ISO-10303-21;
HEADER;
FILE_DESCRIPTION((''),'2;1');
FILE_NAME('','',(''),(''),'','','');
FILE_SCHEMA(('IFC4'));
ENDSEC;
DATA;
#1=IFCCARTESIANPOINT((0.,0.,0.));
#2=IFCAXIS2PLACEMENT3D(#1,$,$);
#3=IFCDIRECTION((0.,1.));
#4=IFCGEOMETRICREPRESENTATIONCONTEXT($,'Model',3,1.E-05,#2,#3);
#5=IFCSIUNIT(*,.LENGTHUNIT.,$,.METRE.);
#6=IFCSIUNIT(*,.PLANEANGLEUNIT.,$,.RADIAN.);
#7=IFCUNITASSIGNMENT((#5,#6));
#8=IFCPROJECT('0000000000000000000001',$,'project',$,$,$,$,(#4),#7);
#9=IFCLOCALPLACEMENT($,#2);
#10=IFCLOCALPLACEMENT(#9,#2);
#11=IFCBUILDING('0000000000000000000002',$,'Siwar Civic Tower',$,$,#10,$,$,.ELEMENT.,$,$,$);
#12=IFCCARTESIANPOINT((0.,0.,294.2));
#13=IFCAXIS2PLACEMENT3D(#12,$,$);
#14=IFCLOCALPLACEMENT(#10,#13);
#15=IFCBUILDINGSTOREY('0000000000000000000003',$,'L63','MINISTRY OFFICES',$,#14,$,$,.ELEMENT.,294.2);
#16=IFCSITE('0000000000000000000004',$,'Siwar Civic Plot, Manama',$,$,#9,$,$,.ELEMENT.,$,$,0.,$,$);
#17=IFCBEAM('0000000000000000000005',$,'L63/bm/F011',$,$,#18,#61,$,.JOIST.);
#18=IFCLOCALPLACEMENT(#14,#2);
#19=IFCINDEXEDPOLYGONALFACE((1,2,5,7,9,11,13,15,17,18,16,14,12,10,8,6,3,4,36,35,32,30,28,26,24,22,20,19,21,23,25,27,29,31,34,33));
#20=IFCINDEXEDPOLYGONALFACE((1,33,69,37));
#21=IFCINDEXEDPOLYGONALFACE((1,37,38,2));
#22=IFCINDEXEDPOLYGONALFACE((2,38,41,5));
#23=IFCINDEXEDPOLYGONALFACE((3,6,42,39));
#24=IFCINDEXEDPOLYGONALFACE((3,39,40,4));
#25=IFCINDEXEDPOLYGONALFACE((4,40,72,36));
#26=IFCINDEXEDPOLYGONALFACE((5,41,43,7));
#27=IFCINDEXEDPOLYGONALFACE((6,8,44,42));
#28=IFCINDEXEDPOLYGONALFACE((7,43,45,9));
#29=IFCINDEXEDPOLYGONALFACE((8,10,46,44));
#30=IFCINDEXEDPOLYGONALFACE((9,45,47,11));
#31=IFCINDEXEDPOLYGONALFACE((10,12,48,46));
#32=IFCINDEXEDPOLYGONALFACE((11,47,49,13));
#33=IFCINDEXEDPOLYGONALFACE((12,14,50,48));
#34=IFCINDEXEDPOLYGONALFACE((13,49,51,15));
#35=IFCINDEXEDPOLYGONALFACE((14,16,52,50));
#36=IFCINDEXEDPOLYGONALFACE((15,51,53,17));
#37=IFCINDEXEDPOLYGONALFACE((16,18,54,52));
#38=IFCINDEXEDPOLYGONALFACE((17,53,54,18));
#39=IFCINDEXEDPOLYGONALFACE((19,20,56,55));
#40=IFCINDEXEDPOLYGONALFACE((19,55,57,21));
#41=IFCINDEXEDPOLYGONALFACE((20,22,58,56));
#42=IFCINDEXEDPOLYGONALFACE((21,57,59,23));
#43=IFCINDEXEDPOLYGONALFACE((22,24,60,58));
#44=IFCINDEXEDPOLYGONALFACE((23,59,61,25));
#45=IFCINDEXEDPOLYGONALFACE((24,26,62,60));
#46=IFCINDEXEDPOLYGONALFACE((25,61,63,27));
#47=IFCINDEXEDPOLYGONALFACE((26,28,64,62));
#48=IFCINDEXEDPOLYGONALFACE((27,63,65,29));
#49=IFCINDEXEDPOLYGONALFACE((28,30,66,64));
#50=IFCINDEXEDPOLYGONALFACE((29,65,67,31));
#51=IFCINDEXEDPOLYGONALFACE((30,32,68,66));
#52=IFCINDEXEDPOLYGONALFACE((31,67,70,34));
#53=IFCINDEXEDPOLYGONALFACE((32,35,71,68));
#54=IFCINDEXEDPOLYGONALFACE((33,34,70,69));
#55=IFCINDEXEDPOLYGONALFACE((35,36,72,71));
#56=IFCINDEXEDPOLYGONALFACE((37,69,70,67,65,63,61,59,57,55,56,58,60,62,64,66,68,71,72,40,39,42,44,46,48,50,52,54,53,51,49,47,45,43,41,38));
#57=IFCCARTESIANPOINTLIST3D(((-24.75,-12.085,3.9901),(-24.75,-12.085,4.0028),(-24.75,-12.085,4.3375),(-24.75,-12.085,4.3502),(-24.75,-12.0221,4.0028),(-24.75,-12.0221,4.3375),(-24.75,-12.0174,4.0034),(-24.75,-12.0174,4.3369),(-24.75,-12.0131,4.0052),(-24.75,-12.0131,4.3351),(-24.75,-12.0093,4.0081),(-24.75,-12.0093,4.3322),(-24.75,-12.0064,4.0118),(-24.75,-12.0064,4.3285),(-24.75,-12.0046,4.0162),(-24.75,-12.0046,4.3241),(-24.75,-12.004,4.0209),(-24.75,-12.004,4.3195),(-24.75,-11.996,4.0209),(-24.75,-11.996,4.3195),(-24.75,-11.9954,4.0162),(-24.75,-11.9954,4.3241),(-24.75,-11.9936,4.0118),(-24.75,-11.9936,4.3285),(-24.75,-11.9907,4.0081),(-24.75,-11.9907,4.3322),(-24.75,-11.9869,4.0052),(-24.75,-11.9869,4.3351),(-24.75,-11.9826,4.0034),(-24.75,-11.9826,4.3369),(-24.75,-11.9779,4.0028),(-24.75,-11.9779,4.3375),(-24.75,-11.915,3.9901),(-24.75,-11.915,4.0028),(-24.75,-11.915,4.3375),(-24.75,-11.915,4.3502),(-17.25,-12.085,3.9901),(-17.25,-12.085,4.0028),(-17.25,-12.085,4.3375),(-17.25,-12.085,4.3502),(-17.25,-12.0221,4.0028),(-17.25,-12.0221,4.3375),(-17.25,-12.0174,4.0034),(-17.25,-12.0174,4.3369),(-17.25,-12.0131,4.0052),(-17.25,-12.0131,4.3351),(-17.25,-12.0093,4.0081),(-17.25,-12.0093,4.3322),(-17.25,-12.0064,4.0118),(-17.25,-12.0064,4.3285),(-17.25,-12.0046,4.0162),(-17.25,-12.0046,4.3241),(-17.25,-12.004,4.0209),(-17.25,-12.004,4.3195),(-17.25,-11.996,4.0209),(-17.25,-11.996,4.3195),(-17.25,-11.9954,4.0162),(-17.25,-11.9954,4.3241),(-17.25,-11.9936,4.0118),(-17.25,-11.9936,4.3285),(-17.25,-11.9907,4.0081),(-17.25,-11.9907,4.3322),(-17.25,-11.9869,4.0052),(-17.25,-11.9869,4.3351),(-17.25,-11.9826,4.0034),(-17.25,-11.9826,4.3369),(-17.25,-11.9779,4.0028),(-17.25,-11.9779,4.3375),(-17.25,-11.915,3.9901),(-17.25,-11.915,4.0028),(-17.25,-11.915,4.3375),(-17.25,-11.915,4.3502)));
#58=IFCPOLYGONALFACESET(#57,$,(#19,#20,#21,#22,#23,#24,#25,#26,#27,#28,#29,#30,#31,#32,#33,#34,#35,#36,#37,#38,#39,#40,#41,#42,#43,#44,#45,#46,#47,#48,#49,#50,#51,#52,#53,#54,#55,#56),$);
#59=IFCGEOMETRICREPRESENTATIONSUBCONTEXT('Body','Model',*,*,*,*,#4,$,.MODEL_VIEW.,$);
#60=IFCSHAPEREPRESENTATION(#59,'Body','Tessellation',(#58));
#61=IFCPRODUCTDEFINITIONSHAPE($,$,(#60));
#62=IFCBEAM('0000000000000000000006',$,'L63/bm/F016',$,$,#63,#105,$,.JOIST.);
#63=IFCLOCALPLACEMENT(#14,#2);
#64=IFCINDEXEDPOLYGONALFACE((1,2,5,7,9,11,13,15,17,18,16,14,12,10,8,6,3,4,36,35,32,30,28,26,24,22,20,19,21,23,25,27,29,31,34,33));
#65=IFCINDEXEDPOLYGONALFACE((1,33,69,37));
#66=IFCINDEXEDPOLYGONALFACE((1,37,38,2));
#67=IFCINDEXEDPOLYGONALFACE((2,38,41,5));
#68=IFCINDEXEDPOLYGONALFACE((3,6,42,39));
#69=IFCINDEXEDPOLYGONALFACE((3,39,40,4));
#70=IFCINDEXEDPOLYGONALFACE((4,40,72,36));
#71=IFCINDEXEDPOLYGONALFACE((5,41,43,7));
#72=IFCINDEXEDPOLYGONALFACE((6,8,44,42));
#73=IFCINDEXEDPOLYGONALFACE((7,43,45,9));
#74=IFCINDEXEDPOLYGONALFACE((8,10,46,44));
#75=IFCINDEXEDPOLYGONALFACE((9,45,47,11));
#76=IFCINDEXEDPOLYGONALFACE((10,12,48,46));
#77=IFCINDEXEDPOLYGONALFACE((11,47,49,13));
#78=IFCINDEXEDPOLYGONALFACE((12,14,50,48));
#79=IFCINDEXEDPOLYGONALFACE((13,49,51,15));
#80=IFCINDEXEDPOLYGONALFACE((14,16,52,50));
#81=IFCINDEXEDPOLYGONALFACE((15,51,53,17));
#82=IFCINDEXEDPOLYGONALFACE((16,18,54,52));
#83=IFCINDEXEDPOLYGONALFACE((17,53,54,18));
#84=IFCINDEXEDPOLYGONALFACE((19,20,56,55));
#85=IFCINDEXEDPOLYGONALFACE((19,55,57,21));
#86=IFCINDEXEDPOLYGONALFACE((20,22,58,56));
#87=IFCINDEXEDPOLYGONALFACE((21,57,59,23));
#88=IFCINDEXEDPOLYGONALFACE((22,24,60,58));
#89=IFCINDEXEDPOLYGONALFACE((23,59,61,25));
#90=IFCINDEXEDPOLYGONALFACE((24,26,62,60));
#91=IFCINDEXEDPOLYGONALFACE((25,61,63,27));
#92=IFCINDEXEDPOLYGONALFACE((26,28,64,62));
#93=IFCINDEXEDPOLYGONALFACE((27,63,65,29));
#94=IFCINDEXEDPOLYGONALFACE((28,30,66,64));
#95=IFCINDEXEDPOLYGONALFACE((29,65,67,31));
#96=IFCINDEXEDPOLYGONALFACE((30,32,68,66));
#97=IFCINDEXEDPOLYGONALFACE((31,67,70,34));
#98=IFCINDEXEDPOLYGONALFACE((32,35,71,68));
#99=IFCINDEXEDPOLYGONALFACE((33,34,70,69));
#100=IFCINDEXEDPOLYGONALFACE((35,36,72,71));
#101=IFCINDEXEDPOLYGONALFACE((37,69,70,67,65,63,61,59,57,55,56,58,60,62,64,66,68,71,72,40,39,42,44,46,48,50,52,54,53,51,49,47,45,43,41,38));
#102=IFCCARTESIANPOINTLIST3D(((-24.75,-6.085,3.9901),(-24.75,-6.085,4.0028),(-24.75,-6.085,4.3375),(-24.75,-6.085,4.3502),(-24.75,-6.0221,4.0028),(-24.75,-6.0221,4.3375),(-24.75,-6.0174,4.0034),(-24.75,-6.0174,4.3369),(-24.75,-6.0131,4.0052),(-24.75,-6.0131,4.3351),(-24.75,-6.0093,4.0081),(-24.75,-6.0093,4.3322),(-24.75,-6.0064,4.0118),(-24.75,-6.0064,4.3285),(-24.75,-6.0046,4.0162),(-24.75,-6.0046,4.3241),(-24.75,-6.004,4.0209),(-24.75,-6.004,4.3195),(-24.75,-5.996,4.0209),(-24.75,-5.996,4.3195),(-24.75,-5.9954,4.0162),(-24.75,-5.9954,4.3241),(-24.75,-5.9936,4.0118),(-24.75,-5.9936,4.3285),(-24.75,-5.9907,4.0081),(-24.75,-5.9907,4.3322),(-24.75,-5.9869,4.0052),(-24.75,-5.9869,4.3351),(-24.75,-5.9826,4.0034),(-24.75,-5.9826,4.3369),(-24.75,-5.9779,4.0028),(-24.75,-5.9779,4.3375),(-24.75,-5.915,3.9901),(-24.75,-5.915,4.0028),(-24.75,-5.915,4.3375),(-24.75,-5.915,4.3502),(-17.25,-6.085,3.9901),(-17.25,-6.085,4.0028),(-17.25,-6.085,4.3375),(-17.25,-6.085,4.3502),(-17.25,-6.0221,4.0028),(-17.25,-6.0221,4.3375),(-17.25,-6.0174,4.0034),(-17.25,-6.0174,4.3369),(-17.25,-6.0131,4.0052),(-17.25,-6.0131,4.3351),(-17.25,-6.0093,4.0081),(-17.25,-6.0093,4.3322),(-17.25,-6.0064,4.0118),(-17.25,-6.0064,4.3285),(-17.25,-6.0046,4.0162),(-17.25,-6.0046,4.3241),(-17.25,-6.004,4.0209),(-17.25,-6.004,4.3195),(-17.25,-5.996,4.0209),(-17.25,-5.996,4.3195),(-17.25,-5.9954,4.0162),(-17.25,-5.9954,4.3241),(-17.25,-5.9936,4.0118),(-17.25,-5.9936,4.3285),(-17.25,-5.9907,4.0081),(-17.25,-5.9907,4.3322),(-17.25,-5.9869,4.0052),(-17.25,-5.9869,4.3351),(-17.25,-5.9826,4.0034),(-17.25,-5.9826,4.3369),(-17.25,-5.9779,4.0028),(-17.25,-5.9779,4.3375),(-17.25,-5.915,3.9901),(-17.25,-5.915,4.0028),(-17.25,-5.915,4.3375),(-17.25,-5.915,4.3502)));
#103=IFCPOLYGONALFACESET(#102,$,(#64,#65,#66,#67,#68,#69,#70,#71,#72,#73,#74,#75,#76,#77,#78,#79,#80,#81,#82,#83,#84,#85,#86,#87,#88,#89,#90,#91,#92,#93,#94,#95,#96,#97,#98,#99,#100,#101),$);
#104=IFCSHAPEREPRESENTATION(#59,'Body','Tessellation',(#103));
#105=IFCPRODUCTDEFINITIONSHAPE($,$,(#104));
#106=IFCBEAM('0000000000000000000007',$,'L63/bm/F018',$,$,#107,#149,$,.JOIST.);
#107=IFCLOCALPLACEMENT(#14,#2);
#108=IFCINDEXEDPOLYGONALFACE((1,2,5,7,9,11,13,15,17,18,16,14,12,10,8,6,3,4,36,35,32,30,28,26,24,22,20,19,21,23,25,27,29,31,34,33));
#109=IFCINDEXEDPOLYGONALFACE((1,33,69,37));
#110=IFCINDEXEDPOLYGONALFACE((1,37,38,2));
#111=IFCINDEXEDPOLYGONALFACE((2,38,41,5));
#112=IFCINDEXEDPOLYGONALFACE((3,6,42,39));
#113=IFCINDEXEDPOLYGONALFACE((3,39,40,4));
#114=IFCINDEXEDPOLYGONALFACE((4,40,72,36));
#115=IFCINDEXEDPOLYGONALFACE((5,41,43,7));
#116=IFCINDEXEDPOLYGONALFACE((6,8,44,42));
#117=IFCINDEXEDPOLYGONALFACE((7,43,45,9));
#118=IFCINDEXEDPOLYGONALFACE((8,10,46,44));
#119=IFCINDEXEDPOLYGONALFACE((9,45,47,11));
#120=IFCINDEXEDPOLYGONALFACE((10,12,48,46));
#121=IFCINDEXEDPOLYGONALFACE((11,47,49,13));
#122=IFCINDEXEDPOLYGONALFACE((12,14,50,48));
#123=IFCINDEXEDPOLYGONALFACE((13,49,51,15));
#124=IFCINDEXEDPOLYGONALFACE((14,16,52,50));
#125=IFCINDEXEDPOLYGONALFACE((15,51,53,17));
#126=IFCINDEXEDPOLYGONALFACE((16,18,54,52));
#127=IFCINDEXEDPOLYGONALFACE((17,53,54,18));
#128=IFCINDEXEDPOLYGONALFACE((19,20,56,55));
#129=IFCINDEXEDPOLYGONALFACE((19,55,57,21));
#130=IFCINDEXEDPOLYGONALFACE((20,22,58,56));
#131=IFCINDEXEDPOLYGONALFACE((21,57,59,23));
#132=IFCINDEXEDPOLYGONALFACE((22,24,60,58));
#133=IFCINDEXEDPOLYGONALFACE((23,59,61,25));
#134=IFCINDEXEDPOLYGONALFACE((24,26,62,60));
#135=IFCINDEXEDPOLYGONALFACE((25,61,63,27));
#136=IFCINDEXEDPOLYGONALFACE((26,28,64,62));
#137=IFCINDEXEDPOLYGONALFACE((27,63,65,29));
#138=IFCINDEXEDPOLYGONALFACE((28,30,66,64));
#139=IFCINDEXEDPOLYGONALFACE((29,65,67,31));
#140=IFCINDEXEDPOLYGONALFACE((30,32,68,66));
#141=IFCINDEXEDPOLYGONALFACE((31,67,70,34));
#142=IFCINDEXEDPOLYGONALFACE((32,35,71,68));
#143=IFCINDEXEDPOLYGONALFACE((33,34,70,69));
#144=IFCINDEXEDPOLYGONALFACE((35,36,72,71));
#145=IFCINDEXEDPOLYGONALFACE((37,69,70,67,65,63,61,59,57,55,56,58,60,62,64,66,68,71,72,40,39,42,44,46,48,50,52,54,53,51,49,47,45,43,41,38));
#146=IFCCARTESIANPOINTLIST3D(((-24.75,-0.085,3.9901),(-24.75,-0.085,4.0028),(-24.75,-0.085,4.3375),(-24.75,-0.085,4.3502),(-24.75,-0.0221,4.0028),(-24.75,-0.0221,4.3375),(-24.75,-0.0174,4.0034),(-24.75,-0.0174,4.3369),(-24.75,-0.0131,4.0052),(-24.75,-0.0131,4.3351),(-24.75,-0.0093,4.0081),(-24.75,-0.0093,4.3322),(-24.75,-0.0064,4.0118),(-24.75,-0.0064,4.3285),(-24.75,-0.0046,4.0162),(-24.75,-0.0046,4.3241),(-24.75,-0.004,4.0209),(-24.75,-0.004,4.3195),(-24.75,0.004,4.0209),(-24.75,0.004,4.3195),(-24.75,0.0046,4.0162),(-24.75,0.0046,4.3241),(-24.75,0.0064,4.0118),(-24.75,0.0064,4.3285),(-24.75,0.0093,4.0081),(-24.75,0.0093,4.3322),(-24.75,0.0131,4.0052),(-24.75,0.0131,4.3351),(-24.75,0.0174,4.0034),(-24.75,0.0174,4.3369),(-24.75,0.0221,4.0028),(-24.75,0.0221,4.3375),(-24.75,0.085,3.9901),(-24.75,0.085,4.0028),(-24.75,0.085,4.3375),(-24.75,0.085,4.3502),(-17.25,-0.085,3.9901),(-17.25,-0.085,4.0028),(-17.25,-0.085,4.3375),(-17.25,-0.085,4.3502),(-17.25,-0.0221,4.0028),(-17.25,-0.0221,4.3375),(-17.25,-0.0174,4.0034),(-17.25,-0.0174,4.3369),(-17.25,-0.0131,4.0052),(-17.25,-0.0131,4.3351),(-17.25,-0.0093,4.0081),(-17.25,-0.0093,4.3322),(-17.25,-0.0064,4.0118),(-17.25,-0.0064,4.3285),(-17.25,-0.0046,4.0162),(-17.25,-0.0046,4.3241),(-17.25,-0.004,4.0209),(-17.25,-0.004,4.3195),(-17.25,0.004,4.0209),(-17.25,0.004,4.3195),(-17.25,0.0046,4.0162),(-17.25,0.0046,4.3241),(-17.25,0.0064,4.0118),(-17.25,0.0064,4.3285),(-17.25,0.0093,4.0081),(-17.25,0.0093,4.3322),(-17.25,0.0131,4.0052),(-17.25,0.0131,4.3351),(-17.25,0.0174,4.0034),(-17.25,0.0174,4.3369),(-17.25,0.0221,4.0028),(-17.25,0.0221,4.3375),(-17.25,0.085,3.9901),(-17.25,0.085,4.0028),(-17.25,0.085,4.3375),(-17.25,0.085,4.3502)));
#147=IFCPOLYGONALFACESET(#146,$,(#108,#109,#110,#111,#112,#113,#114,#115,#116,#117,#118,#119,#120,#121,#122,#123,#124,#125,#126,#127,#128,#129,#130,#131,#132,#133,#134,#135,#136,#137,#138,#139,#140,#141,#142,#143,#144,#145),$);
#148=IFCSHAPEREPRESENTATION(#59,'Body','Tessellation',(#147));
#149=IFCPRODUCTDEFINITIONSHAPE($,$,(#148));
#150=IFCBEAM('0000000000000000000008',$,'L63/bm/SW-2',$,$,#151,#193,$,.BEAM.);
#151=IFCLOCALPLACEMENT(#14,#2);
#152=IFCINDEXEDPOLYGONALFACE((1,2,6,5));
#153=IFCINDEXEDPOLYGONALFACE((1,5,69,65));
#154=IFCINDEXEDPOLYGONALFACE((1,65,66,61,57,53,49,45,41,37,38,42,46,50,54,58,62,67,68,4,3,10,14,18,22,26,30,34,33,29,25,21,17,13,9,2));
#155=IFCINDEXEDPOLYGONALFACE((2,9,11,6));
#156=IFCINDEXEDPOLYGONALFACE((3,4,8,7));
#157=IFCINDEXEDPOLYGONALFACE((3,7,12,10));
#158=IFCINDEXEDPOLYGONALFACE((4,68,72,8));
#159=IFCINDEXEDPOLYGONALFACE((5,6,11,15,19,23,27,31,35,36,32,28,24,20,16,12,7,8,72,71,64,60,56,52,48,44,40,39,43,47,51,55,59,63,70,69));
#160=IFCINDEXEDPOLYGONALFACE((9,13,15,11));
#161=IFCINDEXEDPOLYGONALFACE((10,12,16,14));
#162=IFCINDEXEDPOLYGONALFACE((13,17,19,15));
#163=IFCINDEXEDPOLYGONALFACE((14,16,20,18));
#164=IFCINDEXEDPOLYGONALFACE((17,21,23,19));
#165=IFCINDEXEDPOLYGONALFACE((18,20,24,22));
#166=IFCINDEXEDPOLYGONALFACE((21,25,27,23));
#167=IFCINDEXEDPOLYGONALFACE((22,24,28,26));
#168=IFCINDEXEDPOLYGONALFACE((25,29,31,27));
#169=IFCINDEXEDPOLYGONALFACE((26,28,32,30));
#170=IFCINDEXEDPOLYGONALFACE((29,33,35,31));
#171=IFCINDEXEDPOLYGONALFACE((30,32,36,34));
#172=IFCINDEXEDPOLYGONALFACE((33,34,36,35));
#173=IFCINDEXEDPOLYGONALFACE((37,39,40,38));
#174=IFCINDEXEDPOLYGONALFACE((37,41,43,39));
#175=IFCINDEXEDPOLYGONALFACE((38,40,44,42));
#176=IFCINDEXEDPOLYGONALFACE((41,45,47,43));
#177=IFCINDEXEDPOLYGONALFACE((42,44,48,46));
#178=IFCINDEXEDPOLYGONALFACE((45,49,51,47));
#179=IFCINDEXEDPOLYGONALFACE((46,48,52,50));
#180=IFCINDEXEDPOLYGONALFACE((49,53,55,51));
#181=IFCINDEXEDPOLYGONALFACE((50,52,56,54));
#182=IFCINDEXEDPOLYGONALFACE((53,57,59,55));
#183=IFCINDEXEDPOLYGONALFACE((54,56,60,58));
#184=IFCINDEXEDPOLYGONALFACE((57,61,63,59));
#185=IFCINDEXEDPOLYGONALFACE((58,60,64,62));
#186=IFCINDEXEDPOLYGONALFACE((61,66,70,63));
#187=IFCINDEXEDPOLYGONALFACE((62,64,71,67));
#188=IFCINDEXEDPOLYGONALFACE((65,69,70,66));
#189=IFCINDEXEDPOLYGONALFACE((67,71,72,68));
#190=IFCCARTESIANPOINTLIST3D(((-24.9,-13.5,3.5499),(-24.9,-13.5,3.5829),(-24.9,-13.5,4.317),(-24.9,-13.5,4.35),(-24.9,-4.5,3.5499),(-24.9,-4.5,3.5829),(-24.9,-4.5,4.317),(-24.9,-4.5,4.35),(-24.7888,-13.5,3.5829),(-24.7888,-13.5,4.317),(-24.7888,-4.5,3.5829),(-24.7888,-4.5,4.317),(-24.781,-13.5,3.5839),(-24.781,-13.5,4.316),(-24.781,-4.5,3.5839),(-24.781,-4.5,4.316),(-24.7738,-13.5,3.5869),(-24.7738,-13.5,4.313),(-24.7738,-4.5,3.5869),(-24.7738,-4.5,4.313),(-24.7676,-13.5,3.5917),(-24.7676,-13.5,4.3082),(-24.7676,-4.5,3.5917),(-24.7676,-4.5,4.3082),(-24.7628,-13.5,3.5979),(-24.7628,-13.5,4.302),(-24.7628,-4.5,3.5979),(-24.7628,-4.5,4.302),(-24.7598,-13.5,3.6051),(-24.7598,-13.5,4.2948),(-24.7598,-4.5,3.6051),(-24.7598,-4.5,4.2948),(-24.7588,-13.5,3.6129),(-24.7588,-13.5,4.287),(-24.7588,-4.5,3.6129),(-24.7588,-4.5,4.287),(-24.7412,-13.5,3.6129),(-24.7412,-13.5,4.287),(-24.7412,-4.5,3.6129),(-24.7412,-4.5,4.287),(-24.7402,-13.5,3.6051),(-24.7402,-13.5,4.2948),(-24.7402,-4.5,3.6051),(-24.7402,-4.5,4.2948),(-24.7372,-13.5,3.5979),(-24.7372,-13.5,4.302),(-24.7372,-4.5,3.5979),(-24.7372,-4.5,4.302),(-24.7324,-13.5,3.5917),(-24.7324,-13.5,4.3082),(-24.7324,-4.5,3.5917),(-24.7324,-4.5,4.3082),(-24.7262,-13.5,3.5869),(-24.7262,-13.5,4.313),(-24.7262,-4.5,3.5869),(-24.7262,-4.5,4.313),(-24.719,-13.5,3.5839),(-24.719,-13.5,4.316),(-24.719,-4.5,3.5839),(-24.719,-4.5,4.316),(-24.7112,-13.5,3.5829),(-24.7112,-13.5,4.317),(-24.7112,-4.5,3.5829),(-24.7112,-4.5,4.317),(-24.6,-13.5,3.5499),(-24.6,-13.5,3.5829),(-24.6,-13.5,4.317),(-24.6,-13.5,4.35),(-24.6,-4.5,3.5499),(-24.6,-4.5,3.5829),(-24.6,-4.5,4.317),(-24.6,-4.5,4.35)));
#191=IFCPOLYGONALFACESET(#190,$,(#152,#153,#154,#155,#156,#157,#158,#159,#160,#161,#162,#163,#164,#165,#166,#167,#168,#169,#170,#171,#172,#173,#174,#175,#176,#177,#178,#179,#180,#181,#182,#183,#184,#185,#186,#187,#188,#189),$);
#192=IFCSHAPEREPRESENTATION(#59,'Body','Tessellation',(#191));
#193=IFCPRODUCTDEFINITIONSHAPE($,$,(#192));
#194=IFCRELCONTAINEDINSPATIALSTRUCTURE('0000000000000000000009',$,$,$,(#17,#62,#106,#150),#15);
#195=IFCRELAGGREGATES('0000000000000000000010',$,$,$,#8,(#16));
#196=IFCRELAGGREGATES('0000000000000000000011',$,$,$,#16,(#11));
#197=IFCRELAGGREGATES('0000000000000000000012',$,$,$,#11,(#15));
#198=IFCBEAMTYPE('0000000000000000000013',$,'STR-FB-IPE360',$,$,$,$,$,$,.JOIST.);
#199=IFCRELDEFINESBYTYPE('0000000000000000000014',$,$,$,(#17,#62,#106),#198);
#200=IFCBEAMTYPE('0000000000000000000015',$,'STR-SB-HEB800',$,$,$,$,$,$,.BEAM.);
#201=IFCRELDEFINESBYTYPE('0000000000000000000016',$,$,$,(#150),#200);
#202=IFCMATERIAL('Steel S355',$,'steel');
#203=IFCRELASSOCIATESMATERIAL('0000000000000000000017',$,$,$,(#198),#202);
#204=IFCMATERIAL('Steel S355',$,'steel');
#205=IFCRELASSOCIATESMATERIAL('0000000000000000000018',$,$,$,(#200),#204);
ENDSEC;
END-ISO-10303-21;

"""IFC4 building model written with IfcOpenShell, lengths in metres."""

from ifc_helpers import new_model, si_unit, direction, frame, origin, origin_2d, place, context, subcontext, project, spatial, i_section, extrude, material, material_profile, profile_set, type_object, element, save


model = new_model("IFC4")

# Units and contexts
model_context = context("Model", 3, precision=1e-05, world=origin(), true_north=direction((0.0, 1.0)))
body_context = subcontext(model_context, "Body", "Model", "MODEL_VIEW")
ifc_project = project(units=[si_unit("LENGTHUNIT", "METRE"), si_unit("PLANEANGLEUNIT", "RADIAN")], contexts=[model_context])

# Site, building, storey
site_placement = place(None, origin())
site = spatial("IfcSite", under=ifc_project, at=site_placement, Name="Siwar Civic Plot, Manama", CompositionType="ELEMENT", RefElevation=0.0)
building_placement = place(site_placement, origin())
building = spatial("IfcBuilding", under=site, at=building_placement, Name="Siwar Civic Tower", CompositionType="ELEMENT")
storey_placement = place(building_placement, frame((0.0, 0.0, 294.2)))
storey = spatial("IfcBuildingStorey", under=building, at=storey_placement, Name="L63", Description="MINISTRY OFFICES", CompositionType="ELEMENT", Elevation=294.2)

# Beams
ifc_material_1 = material(Name="Steel S355", Category="steel")
ifc_material_profile_1 = material_profile(ifc_material_1, i_section(OverallWidth=0.1699, OverallDepth=0.3601, WebThickness=0.0081, FlangeThickness=0.0127, FilletRadius=0.0181, at=origin_2d()), Name="IPE360")
ifc_profile_set_1 = profile_set([ifc_material_profile_1], Name="Steel S355")
beam_type_1 = type_object("IfcBeamType", Name="STR-FB-IPE360", PredefinedType="JOIST", material=ifc_profile_set_1)
for number, where, z_axis, x_axis, name in (
    (1, (-24.75, -12.0, 4.1702), (1.0, 0.0, 0.0), (0.0, 1.0, 0.0), "L63/bm/F011"),
    (2, (-24.75, -6.0, 4.1702), (1.0, 0.0, 0.0), (0.0, 1.0, 0.0), "L63/bm/F016"),
    (3, (-24.75, 0.0, 4.1702), (1.0, 0.0, 0.0), (0.0, 1.0, 0.0), "L63/bm/F018"),
):
    element("IfcBeam", number, at=place(storey_placement, frame(where, z_axis=z_axis, x_axis=x_axis)), inside=storey, type_object=beam_type_1, Name=name, PredefinedType="JOIST", context=body_context, shape_type="SweptSolid", body=[
        extrude(i_section(OverallWidth=0.1699, OverallDepth=0.3601, WebThickness=0.0081, FlangeThickness=0.0127, FilletRadius=0.0181, at=origin_2d()), origin(), (0.0, 0.0, 1.0), 7.5),
    ])
ifc_material_2 = material(Name="Steel S355", Category="steel")
ifc_material_profile_2 = material_profile(ifc_material_2, i_section(OverallWidth=0.3, OverallDepth=0.8, WebThickness=0.0176, FlangeThickness=0.033, FilletRadius=0.03, at=origin_2d()), Name="HEB800")
ifc_profile_set_2 = profile_set([ifc_material_profile_2], Name="Steel S355")
beam_type_2 = type_object("IfcBeamType", Name="STR-SB-HEB800", PredefinedType="BEAM", material=ifc_profile_set_2)
beam_1_placement = place(storey_placement, frame((-24.75, -4.5, 3.95), z_axis=(0.0, -1.0, 0.0), x_axis=(1.0, 0.0, 0.0)))
element("IfcBeam", 4, at=beam_1_placement, inside=storey, type_object=beam_type_2, Name="L63/bm/SW-2", PredefinedType="BEAM", context=body_context, shape_type="SweptSolid", body=[
    extrude(i_section(OverallWidth=0.3, OverallDepth=0.8, WebThickness=0.0176, FlangeThickness=0.033, FilletRadius=0.03, at=origin_2d()), origin(), (0.0, 0.0, 1.0), 9.0),
])

save(model, "model.ifc")
